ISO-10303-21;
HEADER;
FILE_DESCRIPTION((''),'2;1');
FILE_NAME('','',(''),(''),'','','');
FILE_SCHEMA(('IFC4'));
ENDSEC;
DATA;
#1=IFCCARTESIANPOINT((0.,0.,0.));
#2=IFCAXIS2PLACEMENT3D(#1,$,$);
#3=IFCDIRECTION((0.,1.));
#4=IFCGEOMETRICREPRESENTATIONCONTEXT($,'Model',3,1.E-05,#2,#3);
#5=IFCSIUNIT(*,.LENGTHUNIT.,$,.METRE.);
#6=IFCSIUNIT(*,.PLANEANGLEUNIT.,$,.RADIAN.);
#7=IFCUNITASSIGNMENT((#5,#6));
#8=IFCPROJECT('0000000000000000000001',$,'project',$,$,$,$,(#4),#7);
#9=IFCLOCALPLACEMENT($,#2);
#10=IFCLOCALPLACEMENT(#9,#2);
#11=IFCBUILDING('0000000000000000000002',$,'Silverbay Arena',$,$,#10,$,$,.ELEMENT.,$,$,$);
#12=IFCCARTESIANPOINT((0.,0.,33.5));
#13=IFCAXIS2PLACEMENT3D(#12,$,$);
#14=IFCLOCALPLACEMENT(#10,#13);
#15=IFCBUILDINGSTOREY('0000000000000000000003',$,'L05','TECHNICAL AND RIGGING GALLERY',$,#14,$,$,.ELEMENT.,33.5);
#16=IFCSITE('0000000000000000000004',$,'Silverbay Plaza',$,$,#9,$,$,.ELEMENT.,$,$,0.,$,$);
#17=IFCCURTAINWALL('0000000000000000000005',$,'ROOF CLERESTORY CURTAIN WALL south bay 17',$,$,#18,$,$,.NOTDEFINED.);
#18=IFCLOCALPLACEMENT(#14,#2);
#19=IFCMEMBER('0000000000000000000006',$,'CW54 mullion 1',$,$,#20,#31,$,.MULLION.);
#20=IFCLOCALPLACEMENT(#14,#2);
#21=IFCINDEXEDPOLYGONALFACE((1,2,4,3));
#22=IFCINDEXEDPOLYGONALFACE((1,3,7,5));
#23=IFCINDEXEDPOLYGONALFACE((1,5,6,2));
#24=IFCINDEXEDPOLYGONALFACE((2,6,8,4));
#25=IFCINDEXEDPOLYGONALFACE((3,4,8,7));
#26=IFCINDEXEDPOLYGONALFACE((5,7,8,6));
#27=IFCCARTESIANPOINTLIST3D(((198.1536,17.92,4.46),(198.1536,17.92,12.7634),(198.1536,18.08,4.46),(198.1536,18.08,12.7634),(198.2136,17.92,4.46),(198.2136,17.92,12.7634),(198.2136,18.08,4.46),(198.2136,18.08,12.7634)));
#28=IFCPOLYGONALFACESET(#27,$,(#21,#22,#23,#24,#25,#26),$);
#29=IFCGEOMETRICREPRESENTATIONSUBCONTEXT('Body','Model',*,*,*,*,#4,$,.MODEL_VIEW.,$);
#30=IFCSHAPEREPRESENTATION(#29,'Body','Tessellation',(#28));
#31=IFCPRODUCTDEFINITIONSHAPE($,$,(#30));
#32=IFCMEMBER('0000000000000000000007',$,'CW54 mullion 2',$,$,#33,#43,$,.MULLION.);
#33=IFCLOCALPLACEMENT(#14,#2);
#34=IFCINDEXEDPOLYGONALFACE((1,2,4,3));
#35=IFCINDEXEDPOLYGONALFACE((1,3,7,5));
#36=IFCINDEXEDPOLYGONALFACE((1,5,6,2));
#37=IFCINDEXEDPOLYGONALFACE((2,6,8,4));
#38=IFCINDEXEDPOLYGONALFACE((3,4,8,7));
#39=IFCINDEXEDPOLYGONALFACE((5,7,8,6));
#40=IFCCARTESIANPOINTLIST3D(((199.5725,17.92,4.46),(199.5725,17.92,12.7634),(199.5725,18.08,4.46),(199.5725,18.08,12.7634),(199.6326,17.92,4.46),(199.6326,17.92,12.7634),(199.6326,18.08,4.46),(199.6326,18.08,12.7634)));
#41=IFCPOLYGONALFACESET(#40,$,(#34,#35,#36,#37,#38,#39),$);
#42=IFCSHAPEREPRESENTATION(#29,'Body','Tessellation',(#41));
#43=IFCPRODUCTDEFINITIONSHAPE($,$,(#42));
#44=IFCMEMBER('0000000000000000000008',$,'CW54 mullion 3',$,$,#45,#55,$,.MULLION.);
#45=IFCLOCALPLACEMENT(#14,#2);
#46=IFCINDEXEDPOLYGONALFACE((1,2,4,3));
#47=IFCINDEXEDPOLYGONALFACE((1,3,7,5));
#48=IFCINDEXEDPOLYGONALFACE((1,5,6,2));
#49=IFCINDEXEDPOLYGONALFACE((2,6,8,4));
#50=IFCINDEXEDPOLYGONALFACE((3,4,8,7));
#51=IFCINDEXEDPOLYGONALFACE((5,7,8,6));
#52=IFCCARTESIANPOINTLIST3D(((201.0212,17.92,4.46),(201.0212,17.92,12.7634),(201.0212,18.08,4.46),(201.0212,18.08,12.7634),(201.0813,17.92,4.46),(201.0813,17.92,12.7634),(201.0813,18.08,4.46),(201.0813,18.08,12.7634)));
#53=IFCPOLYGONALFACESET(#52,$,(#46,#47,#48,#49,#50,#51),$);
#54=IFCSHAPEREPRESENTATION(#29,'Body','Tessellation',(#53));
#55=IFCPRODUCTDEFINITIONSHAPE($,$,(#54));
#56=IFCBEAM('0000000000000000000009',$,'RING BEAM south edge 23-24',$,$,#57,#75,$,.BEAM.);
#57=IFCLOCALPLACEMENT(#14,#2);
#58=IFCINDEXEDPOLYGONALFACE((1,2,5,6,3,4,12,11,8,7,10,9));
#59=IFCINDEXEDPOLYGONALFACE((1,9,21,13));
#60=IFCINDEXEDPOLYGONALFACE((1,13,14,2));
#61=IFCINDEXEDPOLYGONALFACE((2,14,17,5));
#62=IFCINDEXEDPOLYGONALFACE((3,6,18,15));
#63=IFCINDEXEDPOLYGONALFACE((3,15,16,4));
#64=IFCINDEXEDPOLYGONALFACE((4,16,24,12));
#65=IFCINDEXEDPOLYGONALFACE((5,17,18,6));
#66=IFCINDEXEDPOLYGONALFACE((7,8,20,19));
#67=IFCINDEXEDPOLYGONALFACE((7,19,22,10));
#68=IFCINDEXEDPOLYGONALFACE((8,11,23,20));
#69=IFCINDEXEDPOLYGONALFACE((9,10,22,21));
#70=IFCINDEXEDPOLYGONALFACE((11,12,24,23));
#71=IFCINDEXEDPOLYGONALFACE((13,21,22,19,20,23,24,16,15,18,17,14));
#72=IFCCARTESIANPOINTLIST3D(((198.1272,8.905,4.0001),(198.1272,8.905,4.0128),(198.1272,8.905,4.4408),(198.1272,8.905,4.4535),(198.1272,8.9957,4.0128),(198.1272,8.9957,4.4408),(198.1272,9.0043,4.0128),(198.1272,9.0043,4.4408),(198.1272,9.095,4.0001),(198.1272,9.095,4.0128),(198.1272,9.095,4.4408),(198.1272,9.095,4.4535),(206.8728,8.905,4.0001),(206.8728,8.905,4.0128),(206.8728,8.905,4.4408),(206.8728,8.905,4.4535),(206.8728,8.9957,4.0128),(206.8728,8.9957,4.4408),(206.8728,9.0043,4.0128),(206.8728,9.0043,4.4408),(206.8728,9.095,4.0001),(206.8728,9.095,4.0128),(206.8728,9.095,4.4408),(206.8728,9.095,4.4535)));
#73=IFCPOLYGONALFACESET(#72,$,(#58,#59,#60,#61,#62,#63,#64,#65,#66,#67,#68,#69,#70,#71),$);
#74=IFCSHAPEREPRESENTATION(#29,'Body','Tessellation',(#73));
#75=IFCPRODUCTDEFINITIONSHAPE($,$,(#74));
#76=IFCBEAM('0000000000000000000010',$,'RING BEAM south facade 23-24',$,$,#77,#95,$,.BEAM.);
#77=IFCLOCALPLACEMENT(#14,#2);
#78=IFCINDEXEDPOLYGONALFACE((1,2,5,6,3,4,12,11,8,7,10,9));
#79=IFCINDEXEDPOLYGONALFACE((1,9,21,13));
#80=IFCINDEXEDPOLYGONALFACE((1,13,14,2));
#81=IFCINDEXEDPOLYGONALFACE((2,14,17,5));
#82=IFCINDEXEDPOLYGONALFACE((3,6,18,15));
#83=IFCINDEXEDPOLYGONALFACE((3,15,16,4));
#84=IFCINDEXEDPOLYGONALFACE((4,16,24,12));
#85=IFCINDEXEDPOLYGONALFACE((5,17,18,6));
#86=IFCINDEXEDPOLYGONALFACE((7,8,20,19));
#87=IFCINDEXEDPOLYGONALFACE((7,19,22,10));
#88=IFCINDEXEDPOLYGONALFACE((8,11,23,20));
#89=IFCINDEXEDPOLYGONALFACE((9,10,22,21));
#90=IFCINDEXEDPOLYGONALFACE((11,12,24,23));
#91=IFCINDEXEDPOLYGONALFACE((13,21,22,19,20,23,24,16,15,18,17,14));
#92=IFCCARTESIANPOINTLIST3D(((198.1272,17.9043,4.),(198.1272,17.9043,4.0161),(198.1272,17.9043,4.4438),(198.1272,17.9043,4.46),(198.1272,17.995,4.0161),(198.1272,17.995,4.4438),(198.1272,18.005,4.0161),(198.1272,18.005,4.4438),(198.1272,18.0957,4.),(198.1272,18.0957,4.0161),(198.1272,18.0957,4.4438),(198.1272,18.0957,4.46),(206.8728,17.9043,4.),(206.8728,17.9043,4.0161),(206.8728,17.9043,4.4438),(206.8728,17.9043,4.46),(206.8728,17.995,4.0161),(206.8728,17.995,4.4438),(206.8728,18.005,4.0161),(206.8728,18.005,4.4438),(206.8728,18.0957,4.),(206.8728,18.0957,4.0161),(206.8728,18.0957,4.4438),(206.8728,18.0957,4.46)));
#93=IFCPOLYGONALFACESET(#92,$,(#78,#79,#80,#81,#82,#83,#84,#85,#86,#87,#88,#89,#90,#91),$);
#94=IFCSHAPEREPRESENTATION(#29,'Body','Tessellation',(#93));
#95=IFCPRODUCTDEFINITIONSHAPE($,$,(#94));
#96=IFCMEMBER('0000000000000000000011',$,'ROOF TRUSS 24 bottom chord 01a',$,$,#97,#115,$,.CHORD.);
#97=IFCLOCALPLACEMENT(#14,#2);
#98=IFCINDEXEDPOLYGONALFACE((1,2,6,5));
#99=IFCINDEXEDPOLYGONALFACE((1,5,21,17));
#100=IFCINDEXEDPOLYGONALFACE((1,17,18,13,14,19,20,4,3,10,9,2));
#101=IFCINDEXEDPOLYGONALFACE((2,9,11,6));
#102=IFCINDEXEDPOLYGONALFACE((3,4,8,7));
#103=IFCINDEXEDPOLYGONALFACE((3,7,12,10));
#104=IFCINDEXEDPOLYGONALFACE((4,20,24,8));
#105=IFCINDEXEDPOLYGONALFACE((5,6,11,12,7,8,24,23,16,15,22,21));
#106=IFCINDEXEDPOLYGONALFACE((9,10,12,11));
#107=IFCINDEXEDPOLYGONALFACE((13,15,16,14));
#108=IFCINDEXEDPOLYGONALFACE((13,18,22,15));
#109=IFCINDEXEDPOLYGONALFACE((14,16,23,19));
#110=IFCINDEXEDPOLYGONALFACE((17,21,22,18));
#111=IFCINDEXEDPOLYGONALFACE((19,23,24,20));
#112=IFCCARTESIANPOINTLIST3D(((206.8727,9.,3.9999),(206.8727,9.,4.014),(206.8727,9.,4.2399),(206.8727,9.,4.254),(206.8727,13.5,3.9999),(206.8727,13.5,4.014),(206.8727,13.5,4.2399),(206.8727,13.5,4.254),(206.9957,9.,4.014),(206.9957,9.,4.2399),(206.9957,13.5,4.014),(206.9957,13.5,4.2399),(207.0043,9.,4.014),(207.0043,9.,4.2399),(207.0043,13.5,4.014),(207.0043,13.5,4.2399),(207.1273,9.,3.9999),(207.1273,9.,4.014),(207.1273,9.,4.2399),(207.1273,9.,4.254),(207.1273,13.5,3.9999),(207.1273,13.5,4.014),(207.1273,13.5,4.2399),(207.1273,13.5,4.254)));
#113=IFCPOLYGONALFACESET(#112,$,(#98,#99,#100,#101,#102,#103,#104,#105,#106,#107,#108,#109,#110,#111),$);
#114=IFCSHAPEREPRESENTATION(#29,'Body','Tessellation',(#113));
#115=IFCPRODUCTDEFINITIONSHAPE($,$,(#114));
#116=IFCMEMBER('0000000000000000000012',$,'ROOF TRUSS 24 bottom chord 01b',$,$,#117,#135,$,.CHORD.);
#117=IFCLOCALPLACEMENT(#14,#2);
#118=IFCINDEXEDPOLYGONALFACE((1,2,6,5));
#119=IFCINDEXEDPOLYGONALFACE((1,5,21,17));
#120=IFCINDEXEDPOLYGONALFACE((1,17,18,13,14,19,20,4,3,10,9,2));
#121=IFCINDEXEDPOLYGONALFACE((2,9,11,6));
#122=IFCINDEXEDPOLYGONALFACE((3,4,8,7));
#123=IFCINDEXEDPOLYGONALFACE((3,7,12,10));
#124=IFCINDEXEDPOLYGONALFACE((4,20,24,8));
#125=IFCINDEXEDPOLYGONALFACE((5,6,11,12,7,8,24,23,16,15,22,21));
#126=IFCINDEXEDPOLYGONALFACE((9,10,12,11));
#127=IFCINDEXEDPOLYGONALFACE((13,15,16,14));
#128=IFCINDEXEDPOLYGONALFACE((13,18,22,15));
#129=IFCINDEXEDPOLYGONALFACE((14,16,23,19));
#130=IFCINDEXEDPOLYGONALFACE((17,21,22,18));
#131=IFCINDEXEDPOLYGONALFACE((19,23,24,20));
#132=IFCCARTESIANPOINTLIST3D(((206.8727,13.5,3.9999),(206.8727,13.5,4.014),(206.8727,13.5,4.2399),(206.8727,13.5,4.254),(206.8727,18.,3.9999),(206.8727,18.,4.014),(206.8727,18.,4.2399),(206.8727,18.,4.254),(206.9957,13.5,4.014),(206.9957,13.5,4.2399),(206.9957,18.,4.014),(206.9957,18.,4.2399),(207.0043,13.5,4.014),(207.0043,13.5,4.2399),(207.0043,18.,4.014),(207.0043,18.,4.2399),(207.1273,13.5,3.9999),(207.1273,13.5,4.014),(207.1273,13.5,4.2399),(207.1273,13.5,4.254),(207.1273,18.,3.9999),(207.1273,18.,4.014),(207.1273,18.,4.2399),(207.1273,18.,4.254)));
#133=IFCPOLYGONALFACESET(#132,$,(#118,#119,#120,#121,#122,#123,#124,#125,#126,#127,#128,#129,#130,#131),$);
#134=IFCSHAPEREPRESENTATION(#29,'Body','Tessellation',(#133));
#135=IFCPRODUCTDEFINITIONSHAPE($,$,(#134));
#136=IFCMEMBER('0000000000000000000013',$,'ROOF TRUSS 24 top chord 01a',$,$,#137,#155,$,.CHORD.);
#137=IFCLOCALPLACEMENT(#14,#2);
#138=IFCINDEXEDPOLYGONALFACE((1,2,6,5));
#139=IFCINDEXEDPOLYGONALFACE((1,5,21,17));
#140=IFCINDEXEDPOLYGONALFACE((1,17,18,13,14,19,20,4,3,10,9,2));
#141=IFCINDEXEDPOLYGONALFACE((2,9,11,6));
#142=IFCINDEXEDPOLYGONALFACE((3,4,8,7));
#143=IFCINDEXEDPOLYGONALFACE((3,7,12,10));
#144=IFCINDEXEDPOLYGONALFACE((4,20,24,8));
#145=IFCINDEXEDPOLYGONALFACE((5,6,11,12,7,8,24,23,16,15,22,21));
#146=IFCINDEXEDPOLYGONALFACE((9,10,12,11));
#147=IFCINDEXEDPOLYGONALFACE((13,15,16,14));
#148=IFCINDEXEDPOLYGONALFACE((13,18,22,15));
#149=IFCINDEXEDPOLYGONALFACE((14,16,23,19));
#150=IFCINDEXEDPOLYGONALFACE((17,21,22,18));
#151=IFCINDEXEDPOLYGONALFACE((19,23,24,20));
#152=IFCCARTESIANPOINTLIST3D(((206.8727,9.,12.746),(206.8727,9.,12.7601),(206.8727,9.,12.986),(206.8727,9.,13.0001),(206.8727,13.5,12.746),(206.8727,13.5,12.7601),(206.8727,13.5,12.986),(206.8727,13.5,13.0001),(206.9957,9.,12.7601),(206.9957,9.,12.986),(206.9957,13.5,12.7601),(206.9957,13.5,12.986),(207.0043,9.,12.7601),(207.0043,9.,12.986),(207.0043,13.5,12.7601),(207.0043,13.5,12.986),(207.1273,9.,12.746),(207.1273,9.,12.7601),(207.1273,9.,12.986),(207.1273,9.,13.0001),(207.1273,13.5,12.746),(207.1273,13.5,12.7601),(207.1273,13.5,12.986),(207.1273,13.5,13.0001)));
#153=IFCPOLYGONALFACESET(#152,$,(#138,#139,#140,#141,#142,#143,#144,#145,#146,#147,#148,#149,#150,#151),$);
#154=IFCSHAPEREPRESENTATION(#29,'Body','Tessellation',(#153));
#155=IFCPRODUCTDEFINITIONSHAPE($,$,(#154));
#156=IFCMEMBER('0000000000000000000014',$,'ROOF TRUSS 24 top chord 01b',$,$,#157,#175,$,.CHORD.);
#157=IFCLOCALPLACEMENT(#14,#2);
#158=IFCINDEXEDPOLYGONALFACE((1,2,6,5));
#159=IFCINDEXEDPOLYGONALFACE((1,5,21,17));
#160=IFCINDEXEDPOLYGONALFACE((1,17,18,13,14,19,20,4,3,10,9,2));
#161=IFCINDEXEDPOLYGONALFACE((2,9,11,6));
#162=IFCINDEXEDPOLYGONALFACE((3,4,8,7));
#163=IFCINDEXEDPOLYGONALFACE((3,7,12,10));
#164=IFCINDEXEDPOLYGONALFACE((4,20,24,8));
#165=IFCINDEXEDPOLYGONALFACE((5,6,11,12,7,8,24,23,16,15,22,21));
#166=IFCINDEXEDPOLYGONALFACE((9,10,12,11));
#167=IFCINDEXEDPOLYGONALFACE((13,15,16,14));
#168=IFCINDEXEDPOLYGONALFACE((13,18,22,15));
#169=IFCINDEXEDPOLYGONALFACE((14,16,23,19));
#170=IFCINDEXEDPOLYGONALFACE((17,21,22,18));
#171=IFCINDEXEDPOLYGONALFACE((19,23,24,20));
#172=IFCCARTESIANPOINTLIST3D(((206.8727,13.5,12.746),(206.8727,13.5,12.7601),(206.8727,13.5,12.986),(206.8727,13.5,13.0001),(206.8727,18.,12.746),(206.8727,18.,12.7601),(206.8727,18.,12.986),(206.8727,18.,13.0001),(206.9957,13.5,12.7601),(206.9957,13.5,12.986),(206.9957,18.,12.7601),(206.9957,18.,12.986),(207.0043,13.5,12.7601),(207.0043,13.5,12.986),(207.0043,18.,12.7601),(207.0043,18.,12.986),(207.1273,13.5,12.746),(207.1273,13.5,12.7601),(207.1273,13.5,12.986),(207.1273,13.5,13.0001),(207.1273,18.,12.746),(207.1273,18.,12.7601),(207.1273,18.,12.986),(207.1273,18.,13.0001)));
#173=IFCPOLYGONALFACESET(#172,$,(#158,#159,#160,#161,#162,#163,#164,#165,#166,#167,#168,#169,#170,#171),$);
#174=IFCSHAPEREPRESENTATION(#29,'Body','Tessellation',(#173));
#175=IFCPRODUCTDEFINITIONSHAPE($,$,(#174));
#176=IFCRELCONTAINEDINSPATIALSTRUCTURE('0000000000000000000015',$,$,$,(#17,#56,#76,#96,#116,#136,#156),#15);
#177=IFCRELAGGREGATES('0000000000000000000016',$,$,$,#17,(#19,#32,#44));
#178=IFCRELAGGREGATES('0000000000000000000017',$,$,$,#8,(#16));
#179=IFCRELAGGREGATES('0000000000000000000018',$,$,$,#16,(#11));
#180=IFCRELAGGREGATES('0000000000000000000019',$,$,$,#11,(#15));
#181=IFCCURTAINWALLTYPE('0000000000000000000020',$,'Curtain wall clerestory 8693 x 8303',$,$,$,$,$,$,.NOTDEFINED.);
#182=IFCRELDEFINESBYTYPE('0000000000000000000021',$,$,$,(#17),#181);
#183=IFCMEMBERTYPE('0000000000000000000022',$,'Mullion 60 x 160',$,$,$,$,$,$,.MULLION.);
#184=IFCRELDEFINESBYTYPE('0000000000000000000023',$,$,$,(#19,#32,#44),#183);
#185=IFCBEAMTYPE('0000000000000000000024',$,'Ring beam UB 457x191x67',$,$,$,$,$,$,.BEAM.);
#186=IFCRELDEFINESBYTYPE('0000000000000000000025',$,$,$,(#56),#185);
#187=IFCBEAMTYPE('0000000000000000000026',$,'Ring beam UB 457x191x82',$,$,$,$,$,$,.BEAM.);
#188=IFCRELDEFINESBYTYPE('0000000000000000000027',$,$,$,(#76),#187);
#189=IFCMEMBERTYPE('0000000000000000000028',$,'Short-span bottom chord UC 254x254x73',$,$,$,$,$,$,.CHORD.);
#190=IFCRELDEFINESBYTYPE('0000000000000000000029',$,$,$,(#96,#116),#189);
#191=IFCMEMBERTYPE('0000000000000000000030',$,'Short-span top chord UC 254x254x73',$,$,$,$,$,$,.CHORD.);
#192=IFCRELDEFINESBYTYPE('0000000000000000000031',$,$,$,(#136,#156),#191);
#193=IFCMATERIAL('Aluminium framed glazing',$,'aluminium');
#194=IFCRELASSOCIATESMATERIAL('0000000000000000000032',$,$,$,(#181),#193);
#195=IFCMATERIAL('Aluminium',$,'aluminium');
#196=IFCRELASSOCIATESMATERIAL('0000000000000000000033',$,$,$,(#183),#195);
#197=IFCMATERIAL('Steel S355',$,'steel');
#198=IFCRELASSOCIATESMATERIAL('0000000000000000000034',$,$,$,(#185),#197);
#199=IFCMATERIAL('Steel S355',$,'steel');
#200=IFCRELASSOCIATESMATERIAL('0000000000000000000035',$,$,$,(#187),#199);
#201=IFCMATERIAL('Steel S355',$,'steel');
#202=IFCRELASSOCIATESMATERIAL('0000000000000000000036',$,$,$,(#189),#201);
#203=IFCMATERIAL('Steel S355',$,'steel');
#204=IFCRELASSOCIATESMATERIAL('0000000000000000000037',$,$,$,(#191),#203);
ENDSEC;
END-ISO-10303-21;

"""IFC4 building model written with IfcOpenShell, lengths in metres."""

from ifc_helpers import new_model, si_unit, direction, frame, origin, origin_2d, place, context, subcontext, project, spatial, rectangle, i_section, extrude, material, material_profile, profile_set, type_object, element, aggregate, save


model = new_model("IFC4")

# Units and contexts
model_context = context("Model", 3, precision=1e-05, world=origin(), true_north=direction((0.0, 1.0)))
body_context = subcontext(model_context, "Body", "Model", "MODEL_VIEW")
ifc_project = project(units=[si_unit("LENGTHUNIT", "METRE"), si_unit("PLANEANGLEUNIT", "RADIAN")], contexts=[model_context])

# Site, building, storey
site_placement = place(None, origin())
site = spatial("IfcSite", under=ifc_project, at=site_placement, Name="Silverbay Plaza", CompositionType="ELEMENT", RefElevation=0.0)
building_placement = place(site_placement, origin())
building = spatial("IfcBuilding", under=site, at=building_placement, Name="Silverbay Arena", CompositionType="ELEMENT")
storey_placement = place(building_placement, frame((0.0, 0.0, 33.5)))
storey = spatial("IfcBuildingStorey", under=building, at=storey_placement, Name="L05", Description="TECHNICAL AND RIGGING GALLERY", CompositionType="ELEMENT", Elevation=33.5)

# Curtain wall, members
ifc_material_1 = material(Name="Aluminium framed glazing", Category="aluminium")
curtain_wall_type = type_object("IfcCurtainWallType", Name="Curtain wall clerestory 8693 x 8303", PredefinedType="NOTDEFINED", material=ifc_material_1)
curtain_wall_placement = place(storey_placement, origin())
curtain_wall = element("IfcCurtainWall", 1, at=curtain_wall_placement, inside=storey, type_object=curtain_wall_type, Name="ROOF CLERESTORY CURTAIN WALL south bay 17", PredefinedType="NOTDEFINED")
ifc_material_2 = material(Name="Aluminium", Category="aluminium")
ifc_material_profile_1 = material_profile(ifc_material_2, rectangle(XDim=0.1599, YDim=0.0601, at=origin_2d()), Name="Mullion 60 x 160")
ifc_profile_set_1 = profile_set([ifc_material_profile_1], Name="Aluminium")
member_type_1 = type_object("IfcMemberType", Name="Mullion 60 x 160", PredefinedType="MULLION", material=ifc_profile_set_1)
member_1_placement = place(storey_placement, frame((198.1836, 18.0, 4.46), z_axis=(0.0, 0.0, 1.0), x_axis=(0.0, 1.0, 0.0)))
member_1 = element("IfcMember", 2, at=member_1_placement, type_object=member_type_1, Name="CW54 mullion 1", PredefinedType="MULLION", context=body_context, shape_type="SweptSolid", body=[
    extrude(rectangle(XDim=0.1599, YDim=0.0601, at=origin_2d()), origin(), (0.0, 0.0, 1.0), 8.3035),
])
member_2_placement = place(storey_placement, frame((199.6025, 18.0, 4.46), z_axis=(0.0, 0.0, 1.0), x_axis=(0.0, 1.0, 0.0)))
member_2 = element("IfcMember", 3, at=member_2_placement, type_object=member_type_1, Name="CW54 mullion 2", PredefinedType="MULLION", context=body_context, shape_type="SweptSolid", body=[
    extrude(rectangle(XDim=0.1599, YDim=0.0601, at=origin_2d()), origin(), (0.0, 0.0, 1.0), 8.3035),
])
member_3_placement = place(storey_placement, frame((201.0513, 18.0, 4.46), z_axis=(0.0, 0.0, 1.0), x_axis=(0.0, 1.0, 0.0)))
member_3 = element("IfcMember", 4, at=member_3_placement, type_object=member_type_1, Name="CW54 mullion 3", PredefinedType="MULLION", context=body_context, shape_type="SweptSolid", body=[
    extrude(rectangle(XDim=0.1599, YDim=0.0601, at=origin_2d()), origin(), (0.0, 0.0, 1.0), 8.3035),
])

# Beams
ifc_material_3 = material(Name="Steel S355", Category="steel")
ifc_material_profile_2 = material_profile(ifc_material_3, i_section(OverallWidth=0.1899, OverallDepth=0.4534, WebThickness=0.0085, FlangeThickness=0.0127, at=origin_2d()), Name="UB 457x191x67")
ifc_profile_set_2 = profile_set([ifc_material_profile_2], Name="Steel S355")
beam_type_1 = type_object("IfcBeamType", Name="Ring beam UB 457x191x67", PredefinedType="BEAM", material=ifc_profile_set_2)
beam_1_placement = place(storey_placement, frame((198.1272, 9.0, 4.2268), z_axis=(1.0, 0.0, 0.0), x_axis=(0.0, 1.0, 0.0)))
element("IfcBeam", 5, at=beam_1_placement, inside=storey, type_object=beam_type_1, Name="RING BEAM south edge 23-24", PredefinedType="BEAM", context=body_context, shape_type="SweptSolid", body=[
    extrude(i_section(OverallWidth=0.1899, OverallDepth=0.4534, WebThickness=0.0085, FlangeThickness=0.0127, at=origin_2d()), origin(), (0.0, 0.0, 1.0), 8.7456),
])
ifc_material_4 = material(Name="Steel S355", Category="steel")
ifc_material_profile_3 = material_profile(ifc_material_4, i_section(OverallWidth=0.1914, OverallDepth=0.46, WebThickness=0.01, FlangeThickness=0.0161, at=origin_2d()), Name="UB 457x191x82")
ifc_profile_set_3 = profile_set([ifc_material_profile_3], Name="Steel S355")
beam_type_2 = type_object("IfcBeamType", Name="Ring beam UB 457x191x82", PredefinedType="BEAM", material=ifc_profile_set_3)
beam_2_placement = place(storey_placement, frame((198.1272, 18.0, 4.23), z_axis=(1.0, 0.0, 0.0), x_axis=(0.0, 1.0, 0.0)))
element("IfcBeam", 6, at=beam_2_placement, inside=storey, type_object=beam_type_2, Name="RING BEAM south facade 23-24", PredefinedType="BEAM", context=body_context, shape_type="SweptSolid", body=[
    extrude(i_section(OverallWidth=0.1914, OverallDepth=0.46, WebThickness=0.01, FlangeThickness=0.0161, at=origin_2d()), origin(), (0.0, 0.0, 1.0), 8.7456),
])

# Members
ifc_material_5 = material(Name="Steel S355", Category="steel")
ifc_material_profile_4 = material_profile(ifc_material_5, i_section(OverallWidth=0.2546, OverallDepth=0.2542, WebThickness=0.0085, FlangeThickness=0.0142, at=origin_2d()), Name="UC 254x254x73")
ifc_profile_set_4 = profile_set([ifc_material_profile_4], Name="Steel S355")
member_type_2 = type_object("IfcMemberType", Name="Short-span bottom chord UC 254x254x73", PredefinedType="CHORD", material=ifc_profile_set_4)
for number, where, z_axis, x_axis, name in (
    (7, (207.0, 9.0, 4.127), (0.0, 1.0, 0.0), (-1.0, 0.0, 0.0), "ROOF TRUSS 24 bottom chord 01a"),
    (8, (207.0, 13.5, 4.127), (0.0, 1.0, 0.0), (-1.0, 0.0, 0.0), "ROOF TRUSS 24 bottom chord 01b"),
):
    element("IfcMember", number, at=place(storey_placement, frame(where, z_axis=z_axis, x_axis=x_axis)), inside=storey, type_object=member_type_2, Name=name, PredefinedType="CHORD", context=body_context, shape_type="SweptSolid", body=[
        extrude(i_section(OverallWidth=0.2546, OverallDepth=0.2542, WebThickness=0.0085, FlangeThickness=0.0142, at=origin_2d()), origin(), (0.0, 0.0, 1.0), 4.5),
    ])
ifc_material_6 = material(Name="Steel S355", Category="steel")
ifc_material_profile_5 = material_profile(ifc_material_6, i_section(OverallWidth=0.2546, OverallDepth=0.2542, WebThickness=0.0085, FlangeThickness=0.0142, at=origin_2d()), Name="UC 254x254x73")
ifc_profile_set_5 = profile_set([ifc_material_profile_5], Name="Steel S355")
member_type_3 = type_object("IfcMemberType", Name="Short-span top chord UC 254x254x73", PredefinedType="CHORD", material=ifc_profile_set_5)
for number, where, z_axis, x_axis, name in (
    (9, (207.0, 9.0, 12.873), (0.0, 1.0, 0.0), (-1.0, 0.0, 0.0), "ROOF TRUSS 24 top chord 01a"),
    (10, (207.0, 13.5, 12.873), (0.0, 1.0, 0.0), (-1.0, 0.0, 0.0), "ROOF TRUSS 24 top chord 01b"),
):
    element("IfcMember", number, at=place(storey_placement, frame(where, z_axis=z_axis, x_axis=x_axis)), inside=storey, type_object=member_type_3, Name=name, PredefinedType="CHORD", context=body_context, shape_type="SweptSolid", body=[
        extrude(i_section(OverallWidth=0.2546, OverallDepth=0.2542, WebThickness=0.0085, FlangeThickness=0.0142, at=origin_2d()), origin(), (0.0, 0.0, 1.0), 4.5),
    ])

aggregate(curtain_wall, [member_1, member_2, member_3])

save(model, "model.ifc")
